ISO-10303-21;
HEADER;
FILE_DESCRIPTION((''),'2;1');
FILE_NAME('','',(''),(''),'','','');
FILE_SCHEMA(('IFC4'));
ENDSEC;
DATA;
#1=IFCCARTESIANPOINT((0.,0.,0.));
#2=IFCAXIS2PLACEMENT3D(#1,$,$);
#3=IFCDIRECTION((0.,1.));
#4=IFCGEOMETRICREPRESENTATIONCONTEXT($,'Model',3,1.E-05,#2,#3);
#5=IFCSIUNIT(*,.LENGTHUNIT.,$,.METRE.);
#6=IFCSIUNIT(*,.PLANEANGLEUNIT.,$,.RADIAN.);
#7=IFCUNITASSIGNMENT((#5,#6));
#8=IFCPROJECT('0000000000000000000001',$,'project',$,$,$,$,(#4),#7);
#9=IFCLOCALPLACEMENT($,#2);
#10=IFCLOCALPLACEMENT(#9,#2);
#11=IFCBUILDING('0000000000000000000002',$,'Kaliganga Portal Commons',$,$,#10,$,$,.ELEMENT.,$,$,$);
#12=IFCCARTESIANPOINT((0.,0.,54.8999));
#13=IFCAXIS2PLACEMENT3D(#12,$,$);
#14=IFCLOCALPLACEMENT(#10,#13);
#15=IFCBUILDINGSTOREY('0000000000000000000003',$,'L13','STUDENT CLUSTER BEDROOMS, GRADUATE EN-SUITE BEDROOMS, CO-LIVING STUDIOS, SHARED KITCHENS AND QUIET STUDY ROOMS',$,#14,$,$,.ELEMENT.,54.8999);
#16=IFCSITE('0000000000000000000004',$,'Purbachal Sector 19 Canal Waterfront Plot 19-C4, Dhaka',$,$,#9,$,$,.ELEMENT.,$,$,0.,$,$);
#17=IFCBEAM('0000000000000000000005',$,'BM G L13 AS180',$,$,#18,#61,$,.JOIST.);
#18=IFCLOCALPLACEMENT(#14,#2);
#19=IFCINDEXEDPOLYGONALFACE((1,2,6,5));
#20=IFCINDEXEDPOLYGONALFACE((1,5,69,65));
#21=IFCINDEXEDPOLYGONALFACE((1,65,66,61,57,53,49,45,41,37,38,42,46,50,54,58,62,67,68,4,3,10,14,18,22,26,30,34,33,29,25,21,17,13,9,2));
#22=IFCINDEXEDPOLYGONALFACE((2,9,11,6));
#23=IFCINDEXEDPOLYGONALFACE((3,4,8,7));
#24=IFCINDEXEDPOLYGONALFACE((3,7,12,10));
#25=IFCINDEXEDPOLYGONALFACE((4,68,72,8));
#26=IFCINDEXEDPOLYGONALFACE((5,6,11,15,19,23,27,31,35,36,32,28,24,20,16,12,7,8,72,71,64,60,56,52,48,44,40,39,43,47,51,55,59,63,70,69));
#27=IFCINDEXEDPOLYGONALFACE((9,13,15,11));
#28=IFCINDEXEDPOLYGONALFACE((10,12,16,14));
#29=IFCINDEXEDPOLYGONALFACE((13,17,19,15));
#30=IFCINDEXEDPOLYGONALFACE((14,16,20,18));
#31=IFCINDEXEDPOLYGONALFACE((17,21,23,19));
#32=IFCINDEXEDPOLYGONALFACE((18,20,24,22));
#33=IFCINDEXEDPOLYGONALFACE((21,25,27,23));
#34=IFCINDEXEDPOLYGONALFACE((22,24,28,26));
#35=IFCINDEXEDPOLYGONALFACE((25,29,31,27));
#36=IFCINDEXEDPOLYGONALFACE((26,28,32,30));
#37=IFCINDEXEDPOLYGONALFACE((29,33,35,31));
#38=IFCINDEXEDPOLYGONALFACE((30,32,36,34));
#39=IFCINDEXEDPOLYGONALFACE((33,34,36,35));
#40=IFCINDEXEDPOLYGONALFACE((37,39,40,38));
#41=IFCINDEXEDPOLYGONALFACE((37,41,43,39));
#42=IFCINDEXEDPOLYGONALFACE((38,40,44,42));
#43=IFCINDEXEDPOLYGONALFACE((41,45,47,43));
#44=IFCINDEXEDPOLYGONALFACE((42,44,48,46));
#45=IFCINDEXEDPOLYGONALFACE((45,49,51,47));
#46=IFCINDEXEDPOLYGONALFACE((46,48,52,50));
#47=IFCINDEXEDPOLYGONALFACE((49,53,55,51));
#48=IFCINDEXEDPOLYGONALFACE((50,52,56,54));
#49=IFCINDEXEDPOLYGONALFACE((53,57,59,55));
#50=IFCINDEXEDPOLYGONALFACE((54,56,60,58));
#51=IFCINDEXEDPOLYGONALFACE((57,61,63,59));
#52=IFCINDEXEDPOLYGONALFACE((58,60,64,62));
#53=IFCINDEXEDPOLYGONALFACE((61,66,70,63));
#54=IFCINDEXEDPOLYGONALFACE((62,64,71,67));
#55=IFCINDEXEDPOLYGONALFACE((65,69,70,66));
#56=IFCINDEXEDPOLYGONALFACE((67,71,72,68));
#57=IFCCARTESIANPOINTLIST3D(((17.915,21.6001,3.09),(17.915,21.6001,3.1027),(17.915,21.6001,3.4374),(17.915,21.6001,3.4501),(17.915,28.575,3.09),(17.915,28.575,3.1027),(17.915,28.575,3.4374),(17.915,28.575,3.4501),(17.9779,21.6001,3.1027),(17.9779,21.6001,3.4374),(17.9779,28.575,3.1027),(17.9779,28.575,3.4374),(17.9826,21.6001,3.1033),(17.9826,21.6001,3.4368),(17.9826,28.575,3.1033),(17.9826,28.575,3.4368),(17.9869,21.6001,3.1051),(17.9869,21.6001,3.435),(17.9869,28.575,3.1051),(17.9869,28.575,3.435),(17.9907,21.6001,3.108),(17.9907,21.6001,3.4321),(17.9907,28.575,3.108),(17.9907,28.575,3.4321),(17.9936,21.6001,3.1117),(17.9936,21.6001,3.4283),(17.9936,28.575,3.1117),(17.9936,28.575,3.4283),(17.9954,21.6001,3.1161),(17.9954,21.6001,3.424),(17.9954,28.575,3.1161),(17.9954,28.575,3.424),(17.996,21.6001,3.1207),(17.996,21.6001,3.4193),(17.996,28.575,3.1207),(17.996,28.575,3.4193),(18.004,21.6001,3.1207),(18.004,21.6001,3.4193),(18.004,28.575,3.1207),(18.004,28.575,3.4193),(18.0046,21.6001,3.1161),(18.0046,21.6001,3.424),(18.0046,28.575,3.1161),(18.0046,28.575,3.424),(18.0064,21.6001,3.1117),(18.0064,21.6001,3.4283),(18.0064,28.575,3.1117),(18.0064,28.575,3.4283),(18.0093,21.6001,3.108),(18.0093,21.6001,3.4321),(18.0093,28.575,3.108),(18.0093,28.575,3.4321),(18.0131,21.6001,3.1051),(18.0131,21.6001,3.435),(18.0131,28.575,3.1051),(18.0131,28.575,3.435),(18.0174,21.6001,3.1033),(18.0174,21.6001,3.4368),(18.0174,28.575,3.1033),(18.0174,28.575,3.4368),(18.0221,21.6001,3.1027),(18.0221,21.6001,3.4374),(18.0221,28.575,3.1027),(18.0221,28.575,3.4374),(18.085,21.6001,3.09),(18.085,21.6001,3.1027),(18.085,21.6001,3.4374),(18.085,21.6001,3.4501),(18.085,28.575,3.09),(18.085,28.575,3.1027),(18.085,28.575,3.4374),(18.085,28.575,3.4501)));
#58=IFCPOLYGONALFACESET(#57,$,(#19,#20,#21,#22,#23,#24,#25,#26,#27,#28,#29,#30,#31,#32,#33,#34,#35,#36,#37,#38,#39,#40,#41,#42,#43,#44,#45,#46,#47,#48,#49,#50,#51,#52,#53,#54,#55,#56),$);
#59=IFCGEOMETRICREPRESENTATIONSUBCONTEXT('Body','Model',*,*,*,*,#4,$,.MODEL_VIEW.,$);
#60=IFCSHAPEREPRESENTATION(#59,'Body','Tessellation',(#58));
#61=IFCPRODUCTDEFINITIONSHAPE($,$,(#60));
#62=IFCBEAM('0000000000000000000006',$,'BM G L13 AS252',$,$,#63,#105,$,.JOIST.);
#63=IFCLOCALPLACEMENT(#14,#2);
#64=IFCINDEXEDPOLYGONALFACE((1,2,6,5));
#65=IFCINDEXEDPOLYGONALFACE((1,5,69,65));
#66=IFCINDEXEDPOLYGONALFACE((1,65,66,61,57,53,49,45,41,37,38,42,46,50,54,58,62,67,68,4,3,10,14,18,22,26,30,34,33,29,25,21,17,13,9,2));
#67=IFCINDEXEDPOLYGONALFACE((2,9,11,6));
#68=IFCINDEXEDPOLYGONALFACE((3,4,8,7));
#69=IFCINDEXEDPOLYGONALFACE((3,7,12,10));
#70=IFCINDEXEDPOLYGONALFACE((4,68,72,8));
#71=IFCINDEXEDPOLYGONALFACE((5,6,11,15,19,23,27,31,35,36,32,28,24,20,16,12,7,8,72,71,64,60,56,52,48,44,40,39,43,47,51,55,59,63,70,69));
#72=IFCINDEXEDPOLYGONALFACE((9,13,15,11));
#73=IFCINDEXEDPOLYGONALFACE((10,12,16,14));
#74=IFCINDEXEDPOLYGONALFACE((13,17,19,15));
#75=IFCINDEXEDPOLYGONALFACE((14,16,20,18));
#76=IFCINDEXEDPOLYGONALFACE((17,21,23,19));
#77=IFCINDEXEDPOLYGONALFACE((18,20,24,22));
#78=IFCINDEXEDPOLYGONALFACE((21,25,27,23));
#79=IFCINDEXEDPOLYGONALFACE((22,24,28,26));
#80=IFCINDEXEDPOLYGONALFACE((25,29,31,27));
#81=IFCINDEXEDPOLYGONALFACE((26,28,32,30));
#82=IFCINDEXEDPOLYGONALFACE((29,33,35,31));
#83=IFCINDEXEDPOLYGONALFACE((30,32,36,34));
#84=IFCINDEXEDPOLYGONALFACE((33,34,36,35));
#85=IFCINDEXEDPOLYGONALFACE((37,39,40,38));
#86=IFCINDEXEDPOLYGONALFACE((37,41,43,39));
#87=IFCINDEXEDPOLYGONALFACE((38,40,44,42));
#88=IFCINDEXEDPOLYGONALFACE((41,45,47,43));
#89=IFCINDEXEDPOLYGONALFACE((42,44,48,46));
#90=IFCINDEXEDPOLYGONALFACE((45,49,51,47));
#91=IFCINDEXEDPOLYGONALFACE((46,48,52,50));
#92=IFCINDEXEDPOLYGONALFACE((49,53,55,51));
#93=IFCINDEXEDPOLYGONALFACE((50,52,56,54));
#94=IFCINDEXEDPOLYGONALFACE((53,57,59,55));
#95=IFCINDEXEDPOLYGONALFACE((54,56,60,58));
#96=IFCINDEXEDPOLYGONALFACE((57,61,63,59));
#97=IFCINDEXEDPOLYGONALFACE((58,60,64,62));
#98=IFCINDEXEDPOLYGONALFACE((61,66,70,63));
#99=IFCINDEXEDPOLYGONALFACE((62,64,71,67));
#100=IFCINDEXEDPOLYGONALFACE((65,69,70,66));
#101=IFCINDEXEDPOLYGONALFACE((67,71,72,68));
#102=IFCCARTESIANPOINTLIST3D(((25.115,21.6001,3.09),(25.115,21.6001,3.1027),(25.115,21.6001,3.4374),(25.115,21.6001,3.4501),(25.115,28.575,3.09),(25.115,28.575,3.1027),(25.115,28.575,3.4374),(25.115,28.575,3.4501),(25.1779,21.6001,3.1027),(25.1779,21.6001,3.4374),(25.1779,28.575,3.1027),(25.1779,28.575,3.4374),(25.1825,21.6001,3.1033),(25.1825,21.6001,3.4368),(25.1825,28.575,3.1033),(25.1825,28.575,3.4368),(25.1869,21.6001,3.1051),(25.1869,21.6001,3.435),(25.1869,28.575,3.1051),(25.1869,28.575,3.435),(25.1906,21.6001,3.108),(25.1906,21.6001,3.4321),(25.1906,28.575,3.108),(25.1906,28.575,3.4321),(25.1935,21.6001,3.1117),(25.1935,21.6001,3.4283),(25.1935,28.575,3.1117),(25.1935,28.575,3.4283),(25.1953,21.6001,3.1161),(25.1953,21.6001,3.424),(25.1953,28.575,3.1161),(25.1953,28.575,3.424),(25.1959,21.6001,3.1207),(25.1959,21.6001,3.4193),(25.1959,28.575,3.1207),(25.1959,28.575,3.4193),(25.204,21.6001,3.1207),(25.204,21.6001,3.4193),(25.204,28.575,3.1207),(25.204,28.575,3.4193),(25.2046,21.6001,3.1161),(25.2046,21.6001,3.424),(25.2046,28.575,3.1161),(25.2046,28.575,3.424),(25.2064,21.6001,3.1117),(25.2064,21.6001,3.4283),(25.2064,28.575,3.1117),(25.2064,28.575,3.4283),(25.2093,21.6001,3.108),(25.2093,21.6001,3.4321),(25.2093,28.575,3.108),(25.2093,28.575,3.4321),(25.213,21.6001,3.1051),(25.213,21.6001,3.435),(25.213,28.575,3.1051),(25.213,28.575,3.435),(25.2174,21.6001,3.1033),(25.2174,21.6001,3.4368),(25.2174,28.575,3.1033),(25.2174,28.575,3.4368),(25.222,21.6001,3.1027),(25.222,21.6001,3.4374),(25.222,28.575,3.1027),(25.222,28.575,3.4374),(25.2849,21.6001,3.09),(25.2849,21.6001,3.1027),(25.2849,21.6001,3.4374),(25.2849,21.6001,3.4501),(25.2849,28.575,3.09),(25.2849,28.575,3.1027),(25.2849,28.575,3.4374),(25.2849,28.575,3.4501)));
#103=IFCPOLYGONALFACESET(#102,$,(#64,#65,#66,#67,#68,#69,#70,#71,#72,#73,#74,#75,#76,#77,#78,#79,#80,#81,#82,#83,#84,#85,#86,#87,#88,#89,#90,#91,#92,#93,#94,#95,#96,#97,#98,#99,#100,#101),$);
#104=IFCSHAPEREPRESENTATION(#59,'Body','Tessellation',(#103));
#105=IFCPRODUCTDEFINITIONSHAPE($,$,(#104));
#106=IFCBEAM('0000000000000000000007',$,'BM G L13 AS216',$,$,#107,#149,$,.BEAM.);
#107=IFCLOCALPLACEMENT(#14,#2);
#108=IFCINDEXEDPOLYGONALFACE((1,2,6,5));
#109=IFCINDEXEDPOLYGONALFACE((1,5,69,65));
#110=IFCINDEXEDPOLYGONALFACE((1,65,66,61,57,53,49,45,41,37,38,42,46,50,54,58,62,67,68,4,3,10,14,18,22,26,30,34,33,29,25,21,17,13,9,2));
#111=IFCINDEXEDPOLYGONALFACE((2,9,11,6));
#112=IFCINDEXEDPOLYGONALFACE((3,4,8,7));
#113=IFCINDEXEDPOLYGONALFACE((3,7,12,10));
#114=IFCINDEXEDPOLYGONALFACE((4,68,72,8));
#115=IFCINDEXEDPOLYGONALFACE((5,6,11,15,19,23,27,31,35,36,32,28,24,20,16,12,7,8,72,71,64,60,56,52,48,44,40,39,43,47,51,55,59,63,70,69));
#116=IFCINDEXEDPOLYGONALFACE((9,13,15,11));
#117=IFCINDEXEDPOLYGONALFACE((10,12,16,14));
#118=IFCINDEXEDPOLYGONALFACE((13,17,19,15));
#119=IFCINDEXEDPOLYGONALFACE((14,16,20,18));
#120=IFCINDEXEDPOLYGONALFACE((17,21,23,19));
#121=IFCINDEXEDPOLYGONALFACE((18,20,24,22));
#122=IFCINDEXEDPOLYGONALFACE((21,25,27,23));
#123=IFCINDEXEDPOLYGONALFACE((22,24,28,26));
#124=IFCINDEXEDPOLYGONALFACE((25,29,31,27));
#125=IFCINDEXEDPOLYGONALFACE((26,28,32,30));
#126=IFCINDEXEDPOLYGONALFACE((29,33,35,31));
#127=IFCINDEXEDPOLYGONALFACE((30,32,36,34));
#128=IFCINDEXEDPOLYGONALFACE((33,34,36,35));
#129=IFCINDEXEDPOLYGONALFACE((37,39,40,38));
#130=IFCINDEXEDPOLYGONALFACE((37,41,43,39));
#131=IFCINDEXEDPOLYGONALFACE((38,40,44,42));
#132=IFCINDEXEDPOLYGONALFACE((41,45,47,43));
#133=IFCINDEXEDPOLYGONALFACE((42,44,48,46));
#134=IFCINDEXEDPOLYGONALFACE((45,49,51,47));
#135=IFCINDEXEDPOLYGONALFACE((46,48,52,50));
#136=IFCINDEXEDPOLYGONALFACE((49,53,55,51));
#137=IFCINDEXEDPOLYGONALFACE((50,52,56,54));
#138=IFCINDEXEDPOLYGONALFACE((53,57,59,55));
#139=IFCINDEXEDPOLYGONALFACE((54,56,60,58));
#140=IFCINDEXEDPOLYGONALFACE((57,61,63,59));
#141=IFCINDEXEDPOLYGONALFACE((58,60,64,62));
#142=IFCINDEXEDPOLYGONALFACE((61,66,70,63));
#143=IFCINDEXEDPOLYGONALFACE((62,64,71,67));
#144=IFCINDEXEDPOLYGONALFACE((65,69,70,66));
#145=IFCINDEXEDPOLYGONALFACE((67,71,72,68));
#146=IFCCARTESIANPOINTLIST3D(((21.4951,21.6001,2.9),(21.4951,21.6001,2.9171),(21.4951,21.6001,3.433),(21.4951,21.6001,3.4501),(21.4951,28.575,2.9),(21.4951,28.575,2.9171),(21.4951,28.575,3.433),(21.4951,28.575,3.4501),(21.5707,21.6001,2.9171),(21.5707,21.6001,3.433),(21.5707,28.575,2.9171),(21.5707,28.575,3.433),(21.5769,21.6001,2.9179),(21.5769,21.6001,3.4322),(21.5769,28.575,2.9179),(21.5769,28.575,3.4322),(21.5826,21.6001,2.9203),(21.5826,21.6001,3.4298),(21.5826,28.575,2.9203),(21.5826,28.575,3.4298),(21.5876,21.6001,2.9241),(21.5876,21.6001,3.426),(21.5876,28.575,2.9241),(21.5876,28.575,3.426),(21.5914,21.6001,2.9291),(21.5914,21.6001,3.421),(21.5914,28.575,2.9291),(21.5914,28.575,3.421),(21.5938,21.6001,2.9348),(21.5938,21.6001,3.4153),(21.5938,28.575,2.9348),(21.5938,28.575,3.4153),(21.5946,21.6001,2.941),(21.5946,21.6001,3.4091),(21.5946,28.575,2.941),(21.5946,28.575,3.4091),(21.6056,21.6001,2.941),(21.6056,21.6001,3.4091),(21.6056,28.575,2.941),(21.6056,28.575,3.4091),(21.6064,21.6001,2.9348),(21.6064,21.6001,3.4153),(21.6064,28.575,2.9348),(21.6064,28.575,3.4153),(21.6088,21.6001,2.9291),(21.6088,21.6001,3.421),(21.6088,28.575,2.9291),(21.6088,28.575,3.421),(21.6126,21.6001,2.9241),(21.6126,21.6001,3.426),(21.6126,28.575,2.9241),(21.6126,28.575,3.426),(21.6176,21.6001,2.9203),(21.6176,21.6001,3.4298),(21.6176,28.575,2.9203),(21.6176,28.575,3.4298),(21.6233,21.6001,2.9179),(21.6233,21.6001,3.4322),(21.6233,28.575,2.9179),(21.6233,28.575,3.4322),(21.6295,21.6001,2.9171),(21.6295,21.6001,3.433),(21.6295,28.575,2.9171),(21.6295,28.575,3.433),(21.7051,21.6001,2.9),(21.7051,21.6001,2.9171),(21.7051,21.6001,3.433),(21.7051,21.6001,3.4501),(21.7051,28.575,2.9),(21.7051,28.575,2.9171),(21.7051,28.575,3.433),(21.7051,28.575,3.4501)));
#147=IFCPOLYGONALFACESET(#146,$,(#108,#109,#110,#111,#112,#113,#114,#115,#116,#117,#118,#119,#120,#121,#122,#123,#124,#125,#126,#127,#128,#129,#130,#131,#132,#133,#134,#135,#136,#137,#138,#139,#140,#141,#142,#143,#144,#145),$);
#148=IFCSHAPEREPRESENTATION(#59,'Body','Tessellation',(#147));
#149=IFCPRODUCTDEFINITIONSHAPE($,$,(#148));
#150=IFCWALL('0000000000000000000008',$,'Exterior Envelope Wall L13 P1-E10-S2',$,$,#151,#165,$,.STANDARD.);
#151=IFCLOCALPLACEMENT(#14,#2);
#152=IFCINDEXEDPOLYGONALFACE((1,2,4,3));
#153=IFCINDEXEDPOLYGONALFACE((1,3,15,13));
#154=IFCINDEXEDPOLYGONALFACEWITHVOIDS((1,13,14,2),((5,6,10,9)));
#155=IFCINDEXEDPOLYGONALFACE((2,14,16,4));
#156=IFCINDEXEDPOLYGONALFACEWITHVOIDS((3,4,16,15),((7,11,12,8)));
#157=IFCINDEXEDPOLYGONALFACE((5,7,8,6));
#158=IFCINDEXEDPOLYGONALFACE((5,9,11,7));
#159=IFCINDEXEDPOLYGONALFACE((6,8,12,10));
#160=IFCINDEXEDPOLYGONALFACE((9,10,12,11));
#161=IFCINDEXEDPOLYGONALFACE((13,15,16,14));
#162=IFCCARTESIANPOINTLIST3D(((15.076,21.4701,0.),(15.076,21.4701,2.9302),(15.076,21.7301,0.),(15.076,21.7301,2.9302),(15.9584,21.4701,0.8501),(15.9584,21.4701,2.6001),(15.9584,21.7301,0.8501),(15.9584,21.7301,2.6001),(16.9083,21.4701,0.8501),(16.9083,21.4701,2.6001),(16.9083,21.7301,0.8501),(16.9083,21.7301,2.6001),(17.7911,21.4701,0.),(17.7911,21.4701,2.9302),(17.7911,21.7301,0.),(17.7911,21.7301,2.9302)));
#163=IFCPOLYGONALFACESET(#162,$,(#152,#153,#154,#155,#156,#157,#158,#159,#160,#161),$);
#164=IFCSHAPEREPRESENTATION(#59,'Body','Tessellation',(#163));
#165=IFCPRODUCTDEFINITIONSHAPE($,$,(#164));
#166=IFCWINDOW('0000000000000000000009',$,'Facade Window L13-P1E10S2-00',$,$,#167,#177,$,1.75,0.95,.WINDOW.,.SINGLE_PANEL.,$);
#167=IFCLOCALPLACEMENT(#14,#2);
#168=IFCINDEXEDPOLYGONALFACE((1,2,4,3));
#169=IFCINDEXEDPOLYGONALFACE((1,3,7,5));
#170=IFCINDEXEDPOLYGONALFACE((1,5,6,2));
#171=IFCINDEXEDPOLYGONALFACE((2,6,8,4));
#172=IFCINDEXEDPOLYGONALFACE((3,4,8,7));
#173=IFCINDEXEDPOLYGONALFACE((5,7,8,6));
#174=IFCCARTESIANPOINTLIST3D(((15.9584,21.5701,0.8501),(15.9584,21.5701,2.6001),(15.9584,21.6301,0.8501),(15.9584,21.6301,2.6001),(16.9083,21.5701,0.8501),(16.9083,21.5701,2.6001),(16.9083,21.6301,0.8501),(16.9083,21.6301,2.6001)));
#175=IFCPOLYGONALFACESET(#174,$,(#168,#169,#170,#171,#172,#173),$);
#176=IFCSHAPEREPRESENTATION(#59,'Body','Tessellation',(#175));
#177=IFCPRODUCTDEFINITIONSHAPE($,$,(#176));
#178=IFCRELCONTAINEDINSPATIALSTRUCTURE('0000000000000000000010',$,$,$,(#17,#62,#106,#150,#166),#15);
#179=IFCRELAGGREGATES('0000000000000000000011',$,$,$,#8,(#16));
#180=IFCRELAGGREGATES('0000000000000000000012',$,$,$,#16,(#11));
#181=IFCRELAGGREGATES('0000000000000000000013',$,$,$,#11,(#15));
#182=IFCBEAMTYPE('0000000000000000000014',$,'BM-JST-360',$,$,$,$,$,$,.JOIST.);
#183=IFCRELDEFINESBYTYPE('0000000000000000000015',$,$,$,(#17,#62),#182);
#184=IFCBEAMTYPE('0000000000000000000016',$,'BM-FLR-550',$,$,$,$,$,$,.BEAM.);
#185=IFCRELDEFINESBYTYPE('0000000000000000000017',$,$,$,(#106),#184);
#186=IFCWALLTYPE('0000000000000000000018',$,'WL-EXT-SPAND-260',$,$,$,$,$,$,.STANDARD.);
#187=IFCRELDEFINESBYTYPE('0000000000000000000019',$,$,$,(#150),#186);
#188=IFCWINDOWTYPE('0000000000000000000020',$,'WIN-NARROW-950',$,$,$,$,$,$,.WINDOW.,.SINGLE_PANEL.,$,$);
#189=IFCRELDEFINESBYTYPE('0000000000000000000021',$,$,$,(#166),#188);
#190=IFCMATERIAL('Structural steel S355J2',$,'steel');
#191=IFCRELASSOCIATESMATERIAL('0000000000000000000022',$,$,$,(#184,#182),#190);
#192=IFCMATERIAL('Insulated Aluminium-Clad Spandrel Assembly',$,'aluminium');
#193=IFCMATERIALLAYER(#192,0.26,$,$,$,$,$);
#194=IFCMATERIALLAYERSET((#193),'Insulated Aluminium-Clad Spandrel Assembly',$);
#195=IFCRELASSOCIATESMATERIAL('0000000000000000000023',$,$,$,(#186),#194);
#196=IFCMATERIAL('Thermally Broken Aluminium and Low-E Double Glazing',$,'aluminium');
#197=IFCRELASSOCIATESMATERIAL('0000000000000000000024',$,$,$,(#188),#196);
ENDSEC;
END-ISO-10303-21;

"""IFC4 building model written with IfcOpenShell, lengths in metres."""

from ifc_helpers import new_model, si_unit, direction, frame, frame_2d, origin, origin_2d, place, context, subcontext, project, spatial, rectangle, i_section, extrude, source, transform, mapped, material, layer, layer_set, material_profile, profile_set, type_object, element, fill, save


model = new_model("IFC4")

# Units and contexts
model_context = context("Model", 3, precision=1e-05, world=origin(), true_north=direction((0.0, 1.0)))
body_context = subcontext(model_context, "Body", "Model", "MODEL_VIEW")
ifc_project = project(units=[si_unit("LENGTHUNIT", "METRE"), si_unit("PLANEANGLEUNIT", "RADIAN")], contexts=[model_context])

# Site, building, storey
site_placement = place(None, origin())
site = spatial("IfcSite", under=ifc_project, at=site_placement, Name="Purbachal Sector 19 Canal Waterfront Plot 19-C4, Dhaka", CompositionType="ELEMENT", RefElevation=0.0)
building_placement = place(site_placement, origin())
building = spatial("IfcBuilding", under=site, at=building_placement, Name="Kaliganga Portal Commons", CompositionType="ELEMENT")
storey_placement = place(building_placement, frame((0.0, 0.0, 54.8999)))
storey = spatial("IfcBuildingStorey", under=building, at=storey_placement, Name="L13", Description="STUDENT CLUSTER BEDROOMS, GRADUATE EN-SUITE BEDROOMS, CO-LIVING STUDIOS, SHARED KITCHENS AND QUIET STUDY ROOMS", CompositionType="ELEMENT", Elevation=54.8999)

# Beams
ifc_material_1 = material(Name="Structural steel S355J2", Category="steel")
ifc_material_profile_1 = material_profile(ifc_material_1, i_section(OverallWidth=0.21, OverallDepth=0.55, WebThickness=0.011, FlangeThickness=0.0171, FilletRadius=0.0239, at=origin_2d()), Name="IPE 550")
ifc_profile_set_1 = profile_set([ifc_material_profile_1], Name="Structural steel S355J2 wide-flange")
beam_type_1 = type_object("IfcBeamType", Name="BM-FLR-550", PredefinedType="BEAM", material=ifc_profile_set_1)
ifc_material_profile_2 = material_profile(ifc_material_1, i_section(OverallWidth=0.1699, OverallDepth=0.3601, WebThickness=0.0081, FlangeThickness=0.0127, FilletRadius=0.0181, at=origin_2d()), Name="IPE 360")
ifc_profile_set_2 = profile_set([ifc_material_profile_2], Name="Structural steel S355J2 wide-flange")
beam_type_2 = type_object("IfcBeamType", Name="BM-JST-360", PredefinedType="JOIST", material=ifc_profile_set_2)
shared_shape_1 = source(origin(), body_context, "Body", "SweptSolid", [
    extrude(i_section(OverallWidth=0.1699, OverallDepth=0.3601, WebThickness=0.0081, FlangeThickness=0.0127, FilletRadius=0.0181, at=origin_2d()), origin(), (0.0, 0.0, 1.0), 6.9749),
])
for number, where, z_axis, x_axis, name in (
    (1, (18.0, 21.6001, 3.27), (0.0, 1.0, 0.0), (-1.0, 0.0, 0.0), "BM G L13 AS180"),
    (2, (25.2, 21.6001, 3.27), (0.0, 1.0, 0.0), (-1.0, 0.0, 0.0), "BM G L13 AS252"),
):
    element("IfcBeam", number, at=place(storey_placement, frame(where, z_axis=z_axis, x_axis=x_axis)), inside=storey, type_object=beam_type_2, Name=name, PredefinedType="JOIST", context=body_context, shape_type="MappedRepresentation", body=[
        mapped(shared_shape_1, transform((0.0, 0.0, 0.0), x_axis=(1.0, 0.0, 0.0), y_axis=(0.0, 1.0, 0.0), z_axis=(0.0, 0.0, 1.0), scale=1.0)),
    ])
shared_shape_2 = source(origin(), body_context, "Body", "SweptSolid", [
    extrude(i_section(OverallWidth=0.21, OverallDepth=0.55, WebThickness=0.011, FlangeThickness=0.0171, FilletRadius=0.0239, at=origin_2d()), origin(), (0.0, 0.0, 1.0), 6.9749),
])
beam_1_placement = place(storey_placement, frame((21.6001, 21.6001, 3.175), z_axis=(0.0, 1.0, 0.0), x_axis=(-1.0, 0.0, 0.0)))
element("IfcBeam", 3, at=beam_1_placement, inside=storey, type_object=beam_type_1, Name="BM G L13 AS216", PredefinedType="BEAM", context=body_context, shape_type="MappedRepresentation", body=[
    mapped(shared_shape_2, transform((0.0, 0.0, 0.0), x_axis=(1.0, 0.0, 0.0), y_axis=(0.0, 1.0, 0.0), z_axis=(0.0, 0.0, 1.0), scale=1.0)),
])

# Wall, opening, window
ifc_material_2 = material(Name="Insulated Aluminium-Clad Spandrel Assembly", Category="aluminium")
ifc_layer_1 = layer(ifc_material_2, 0.26)
ifc_layer_set_1 = layer_set([ifc_layer_1], Name="Insulated Aluminium-Clad Spandrel Assembly")
wall_type_1 = type_object("IfcWallType", Name="WL-EXT-SPAND-260", PredefinedType="STANDARD", material=ifc_layer_set_1)
wall_1_placement = place(storey_placement, frame((17.791, 21.6001, 0.0), z_axis=(0.0, 0.0, 1.0), x_axis=(-1.0, 0.0, 0.0)))
wall_1 = element("IfcWall", 4, at=wall_1_placement, inside=storey, type_object=wall_type_1, Name="Exterior Envelope Wall L13 P1-E10-S2", PredefinedType="STANDARD", context=body_context, shape_type="SweptSolid", body=[
    extrude(rectangle(XDim=2.7151, YDim=0.26, at=frame_2d((1.3574, 0.0))), origin(), (0.0, 0.0, 1.0), 2.9302),
])
opening_1_placement = place(wall_1_placement, frame((0.8826, 0.0, 0.8501)))
opening_1 = element("IfcOpeningElement", 5, at=opening_1_placement, cuts=wall_1, PredefinedType="OPENING", context=body_context, shape_type="SweptSolid", body=[
    extrude(rectangle(XDim=0.95, YDim=1.75, at=frame_2d((0.4751, 0.875))), frame((0.0, 0.1401, 0.0), z_axis=(0.0, -1.0, 0.0), x_axis=(1.0, 0.0, 0.0)), (0.0, 0.0, 1.0), 0.28),
])
ifc_material_3 = material(Name="Thermally Broken Aluminium and Low-E Double Glazing", Category="aluminium")
window_type_1 = type_object("IfcWindowType", Name="WIN-NARROW-950", PartitioningType="SINGLE_PANEL", PredefinedType="WINDOW", material=ifc_material_3)
window_1_placement = place(opening_1_placement, origin())
window_1 = element("IfcWindow", 6, at=window_1_placement, inside=storey, type_object=window_type_1, Name="Facade Window L13-P1E10S2-00", OverallHeight=1.75, OverallWidth=0.95, PartitioningType="SINGLE_PANEL", PredefinedType="WINDOW", context=body_context, shape_type="SweptSolid", body=[
    extrude(rectangle(XDim=0.95, YDim=1.75, at=frame_2d((0.4751, 0.875))), frame((0.0, 0.03, 0.0), z_axis=(0.0, -1.0, 0.0), x_axis=(1.0, 0.0, 0.0)), (0.0, 0.0, 1.0), 0.0601),
])
fill(opening_1, window_1)

save(model, "model.ifc")
